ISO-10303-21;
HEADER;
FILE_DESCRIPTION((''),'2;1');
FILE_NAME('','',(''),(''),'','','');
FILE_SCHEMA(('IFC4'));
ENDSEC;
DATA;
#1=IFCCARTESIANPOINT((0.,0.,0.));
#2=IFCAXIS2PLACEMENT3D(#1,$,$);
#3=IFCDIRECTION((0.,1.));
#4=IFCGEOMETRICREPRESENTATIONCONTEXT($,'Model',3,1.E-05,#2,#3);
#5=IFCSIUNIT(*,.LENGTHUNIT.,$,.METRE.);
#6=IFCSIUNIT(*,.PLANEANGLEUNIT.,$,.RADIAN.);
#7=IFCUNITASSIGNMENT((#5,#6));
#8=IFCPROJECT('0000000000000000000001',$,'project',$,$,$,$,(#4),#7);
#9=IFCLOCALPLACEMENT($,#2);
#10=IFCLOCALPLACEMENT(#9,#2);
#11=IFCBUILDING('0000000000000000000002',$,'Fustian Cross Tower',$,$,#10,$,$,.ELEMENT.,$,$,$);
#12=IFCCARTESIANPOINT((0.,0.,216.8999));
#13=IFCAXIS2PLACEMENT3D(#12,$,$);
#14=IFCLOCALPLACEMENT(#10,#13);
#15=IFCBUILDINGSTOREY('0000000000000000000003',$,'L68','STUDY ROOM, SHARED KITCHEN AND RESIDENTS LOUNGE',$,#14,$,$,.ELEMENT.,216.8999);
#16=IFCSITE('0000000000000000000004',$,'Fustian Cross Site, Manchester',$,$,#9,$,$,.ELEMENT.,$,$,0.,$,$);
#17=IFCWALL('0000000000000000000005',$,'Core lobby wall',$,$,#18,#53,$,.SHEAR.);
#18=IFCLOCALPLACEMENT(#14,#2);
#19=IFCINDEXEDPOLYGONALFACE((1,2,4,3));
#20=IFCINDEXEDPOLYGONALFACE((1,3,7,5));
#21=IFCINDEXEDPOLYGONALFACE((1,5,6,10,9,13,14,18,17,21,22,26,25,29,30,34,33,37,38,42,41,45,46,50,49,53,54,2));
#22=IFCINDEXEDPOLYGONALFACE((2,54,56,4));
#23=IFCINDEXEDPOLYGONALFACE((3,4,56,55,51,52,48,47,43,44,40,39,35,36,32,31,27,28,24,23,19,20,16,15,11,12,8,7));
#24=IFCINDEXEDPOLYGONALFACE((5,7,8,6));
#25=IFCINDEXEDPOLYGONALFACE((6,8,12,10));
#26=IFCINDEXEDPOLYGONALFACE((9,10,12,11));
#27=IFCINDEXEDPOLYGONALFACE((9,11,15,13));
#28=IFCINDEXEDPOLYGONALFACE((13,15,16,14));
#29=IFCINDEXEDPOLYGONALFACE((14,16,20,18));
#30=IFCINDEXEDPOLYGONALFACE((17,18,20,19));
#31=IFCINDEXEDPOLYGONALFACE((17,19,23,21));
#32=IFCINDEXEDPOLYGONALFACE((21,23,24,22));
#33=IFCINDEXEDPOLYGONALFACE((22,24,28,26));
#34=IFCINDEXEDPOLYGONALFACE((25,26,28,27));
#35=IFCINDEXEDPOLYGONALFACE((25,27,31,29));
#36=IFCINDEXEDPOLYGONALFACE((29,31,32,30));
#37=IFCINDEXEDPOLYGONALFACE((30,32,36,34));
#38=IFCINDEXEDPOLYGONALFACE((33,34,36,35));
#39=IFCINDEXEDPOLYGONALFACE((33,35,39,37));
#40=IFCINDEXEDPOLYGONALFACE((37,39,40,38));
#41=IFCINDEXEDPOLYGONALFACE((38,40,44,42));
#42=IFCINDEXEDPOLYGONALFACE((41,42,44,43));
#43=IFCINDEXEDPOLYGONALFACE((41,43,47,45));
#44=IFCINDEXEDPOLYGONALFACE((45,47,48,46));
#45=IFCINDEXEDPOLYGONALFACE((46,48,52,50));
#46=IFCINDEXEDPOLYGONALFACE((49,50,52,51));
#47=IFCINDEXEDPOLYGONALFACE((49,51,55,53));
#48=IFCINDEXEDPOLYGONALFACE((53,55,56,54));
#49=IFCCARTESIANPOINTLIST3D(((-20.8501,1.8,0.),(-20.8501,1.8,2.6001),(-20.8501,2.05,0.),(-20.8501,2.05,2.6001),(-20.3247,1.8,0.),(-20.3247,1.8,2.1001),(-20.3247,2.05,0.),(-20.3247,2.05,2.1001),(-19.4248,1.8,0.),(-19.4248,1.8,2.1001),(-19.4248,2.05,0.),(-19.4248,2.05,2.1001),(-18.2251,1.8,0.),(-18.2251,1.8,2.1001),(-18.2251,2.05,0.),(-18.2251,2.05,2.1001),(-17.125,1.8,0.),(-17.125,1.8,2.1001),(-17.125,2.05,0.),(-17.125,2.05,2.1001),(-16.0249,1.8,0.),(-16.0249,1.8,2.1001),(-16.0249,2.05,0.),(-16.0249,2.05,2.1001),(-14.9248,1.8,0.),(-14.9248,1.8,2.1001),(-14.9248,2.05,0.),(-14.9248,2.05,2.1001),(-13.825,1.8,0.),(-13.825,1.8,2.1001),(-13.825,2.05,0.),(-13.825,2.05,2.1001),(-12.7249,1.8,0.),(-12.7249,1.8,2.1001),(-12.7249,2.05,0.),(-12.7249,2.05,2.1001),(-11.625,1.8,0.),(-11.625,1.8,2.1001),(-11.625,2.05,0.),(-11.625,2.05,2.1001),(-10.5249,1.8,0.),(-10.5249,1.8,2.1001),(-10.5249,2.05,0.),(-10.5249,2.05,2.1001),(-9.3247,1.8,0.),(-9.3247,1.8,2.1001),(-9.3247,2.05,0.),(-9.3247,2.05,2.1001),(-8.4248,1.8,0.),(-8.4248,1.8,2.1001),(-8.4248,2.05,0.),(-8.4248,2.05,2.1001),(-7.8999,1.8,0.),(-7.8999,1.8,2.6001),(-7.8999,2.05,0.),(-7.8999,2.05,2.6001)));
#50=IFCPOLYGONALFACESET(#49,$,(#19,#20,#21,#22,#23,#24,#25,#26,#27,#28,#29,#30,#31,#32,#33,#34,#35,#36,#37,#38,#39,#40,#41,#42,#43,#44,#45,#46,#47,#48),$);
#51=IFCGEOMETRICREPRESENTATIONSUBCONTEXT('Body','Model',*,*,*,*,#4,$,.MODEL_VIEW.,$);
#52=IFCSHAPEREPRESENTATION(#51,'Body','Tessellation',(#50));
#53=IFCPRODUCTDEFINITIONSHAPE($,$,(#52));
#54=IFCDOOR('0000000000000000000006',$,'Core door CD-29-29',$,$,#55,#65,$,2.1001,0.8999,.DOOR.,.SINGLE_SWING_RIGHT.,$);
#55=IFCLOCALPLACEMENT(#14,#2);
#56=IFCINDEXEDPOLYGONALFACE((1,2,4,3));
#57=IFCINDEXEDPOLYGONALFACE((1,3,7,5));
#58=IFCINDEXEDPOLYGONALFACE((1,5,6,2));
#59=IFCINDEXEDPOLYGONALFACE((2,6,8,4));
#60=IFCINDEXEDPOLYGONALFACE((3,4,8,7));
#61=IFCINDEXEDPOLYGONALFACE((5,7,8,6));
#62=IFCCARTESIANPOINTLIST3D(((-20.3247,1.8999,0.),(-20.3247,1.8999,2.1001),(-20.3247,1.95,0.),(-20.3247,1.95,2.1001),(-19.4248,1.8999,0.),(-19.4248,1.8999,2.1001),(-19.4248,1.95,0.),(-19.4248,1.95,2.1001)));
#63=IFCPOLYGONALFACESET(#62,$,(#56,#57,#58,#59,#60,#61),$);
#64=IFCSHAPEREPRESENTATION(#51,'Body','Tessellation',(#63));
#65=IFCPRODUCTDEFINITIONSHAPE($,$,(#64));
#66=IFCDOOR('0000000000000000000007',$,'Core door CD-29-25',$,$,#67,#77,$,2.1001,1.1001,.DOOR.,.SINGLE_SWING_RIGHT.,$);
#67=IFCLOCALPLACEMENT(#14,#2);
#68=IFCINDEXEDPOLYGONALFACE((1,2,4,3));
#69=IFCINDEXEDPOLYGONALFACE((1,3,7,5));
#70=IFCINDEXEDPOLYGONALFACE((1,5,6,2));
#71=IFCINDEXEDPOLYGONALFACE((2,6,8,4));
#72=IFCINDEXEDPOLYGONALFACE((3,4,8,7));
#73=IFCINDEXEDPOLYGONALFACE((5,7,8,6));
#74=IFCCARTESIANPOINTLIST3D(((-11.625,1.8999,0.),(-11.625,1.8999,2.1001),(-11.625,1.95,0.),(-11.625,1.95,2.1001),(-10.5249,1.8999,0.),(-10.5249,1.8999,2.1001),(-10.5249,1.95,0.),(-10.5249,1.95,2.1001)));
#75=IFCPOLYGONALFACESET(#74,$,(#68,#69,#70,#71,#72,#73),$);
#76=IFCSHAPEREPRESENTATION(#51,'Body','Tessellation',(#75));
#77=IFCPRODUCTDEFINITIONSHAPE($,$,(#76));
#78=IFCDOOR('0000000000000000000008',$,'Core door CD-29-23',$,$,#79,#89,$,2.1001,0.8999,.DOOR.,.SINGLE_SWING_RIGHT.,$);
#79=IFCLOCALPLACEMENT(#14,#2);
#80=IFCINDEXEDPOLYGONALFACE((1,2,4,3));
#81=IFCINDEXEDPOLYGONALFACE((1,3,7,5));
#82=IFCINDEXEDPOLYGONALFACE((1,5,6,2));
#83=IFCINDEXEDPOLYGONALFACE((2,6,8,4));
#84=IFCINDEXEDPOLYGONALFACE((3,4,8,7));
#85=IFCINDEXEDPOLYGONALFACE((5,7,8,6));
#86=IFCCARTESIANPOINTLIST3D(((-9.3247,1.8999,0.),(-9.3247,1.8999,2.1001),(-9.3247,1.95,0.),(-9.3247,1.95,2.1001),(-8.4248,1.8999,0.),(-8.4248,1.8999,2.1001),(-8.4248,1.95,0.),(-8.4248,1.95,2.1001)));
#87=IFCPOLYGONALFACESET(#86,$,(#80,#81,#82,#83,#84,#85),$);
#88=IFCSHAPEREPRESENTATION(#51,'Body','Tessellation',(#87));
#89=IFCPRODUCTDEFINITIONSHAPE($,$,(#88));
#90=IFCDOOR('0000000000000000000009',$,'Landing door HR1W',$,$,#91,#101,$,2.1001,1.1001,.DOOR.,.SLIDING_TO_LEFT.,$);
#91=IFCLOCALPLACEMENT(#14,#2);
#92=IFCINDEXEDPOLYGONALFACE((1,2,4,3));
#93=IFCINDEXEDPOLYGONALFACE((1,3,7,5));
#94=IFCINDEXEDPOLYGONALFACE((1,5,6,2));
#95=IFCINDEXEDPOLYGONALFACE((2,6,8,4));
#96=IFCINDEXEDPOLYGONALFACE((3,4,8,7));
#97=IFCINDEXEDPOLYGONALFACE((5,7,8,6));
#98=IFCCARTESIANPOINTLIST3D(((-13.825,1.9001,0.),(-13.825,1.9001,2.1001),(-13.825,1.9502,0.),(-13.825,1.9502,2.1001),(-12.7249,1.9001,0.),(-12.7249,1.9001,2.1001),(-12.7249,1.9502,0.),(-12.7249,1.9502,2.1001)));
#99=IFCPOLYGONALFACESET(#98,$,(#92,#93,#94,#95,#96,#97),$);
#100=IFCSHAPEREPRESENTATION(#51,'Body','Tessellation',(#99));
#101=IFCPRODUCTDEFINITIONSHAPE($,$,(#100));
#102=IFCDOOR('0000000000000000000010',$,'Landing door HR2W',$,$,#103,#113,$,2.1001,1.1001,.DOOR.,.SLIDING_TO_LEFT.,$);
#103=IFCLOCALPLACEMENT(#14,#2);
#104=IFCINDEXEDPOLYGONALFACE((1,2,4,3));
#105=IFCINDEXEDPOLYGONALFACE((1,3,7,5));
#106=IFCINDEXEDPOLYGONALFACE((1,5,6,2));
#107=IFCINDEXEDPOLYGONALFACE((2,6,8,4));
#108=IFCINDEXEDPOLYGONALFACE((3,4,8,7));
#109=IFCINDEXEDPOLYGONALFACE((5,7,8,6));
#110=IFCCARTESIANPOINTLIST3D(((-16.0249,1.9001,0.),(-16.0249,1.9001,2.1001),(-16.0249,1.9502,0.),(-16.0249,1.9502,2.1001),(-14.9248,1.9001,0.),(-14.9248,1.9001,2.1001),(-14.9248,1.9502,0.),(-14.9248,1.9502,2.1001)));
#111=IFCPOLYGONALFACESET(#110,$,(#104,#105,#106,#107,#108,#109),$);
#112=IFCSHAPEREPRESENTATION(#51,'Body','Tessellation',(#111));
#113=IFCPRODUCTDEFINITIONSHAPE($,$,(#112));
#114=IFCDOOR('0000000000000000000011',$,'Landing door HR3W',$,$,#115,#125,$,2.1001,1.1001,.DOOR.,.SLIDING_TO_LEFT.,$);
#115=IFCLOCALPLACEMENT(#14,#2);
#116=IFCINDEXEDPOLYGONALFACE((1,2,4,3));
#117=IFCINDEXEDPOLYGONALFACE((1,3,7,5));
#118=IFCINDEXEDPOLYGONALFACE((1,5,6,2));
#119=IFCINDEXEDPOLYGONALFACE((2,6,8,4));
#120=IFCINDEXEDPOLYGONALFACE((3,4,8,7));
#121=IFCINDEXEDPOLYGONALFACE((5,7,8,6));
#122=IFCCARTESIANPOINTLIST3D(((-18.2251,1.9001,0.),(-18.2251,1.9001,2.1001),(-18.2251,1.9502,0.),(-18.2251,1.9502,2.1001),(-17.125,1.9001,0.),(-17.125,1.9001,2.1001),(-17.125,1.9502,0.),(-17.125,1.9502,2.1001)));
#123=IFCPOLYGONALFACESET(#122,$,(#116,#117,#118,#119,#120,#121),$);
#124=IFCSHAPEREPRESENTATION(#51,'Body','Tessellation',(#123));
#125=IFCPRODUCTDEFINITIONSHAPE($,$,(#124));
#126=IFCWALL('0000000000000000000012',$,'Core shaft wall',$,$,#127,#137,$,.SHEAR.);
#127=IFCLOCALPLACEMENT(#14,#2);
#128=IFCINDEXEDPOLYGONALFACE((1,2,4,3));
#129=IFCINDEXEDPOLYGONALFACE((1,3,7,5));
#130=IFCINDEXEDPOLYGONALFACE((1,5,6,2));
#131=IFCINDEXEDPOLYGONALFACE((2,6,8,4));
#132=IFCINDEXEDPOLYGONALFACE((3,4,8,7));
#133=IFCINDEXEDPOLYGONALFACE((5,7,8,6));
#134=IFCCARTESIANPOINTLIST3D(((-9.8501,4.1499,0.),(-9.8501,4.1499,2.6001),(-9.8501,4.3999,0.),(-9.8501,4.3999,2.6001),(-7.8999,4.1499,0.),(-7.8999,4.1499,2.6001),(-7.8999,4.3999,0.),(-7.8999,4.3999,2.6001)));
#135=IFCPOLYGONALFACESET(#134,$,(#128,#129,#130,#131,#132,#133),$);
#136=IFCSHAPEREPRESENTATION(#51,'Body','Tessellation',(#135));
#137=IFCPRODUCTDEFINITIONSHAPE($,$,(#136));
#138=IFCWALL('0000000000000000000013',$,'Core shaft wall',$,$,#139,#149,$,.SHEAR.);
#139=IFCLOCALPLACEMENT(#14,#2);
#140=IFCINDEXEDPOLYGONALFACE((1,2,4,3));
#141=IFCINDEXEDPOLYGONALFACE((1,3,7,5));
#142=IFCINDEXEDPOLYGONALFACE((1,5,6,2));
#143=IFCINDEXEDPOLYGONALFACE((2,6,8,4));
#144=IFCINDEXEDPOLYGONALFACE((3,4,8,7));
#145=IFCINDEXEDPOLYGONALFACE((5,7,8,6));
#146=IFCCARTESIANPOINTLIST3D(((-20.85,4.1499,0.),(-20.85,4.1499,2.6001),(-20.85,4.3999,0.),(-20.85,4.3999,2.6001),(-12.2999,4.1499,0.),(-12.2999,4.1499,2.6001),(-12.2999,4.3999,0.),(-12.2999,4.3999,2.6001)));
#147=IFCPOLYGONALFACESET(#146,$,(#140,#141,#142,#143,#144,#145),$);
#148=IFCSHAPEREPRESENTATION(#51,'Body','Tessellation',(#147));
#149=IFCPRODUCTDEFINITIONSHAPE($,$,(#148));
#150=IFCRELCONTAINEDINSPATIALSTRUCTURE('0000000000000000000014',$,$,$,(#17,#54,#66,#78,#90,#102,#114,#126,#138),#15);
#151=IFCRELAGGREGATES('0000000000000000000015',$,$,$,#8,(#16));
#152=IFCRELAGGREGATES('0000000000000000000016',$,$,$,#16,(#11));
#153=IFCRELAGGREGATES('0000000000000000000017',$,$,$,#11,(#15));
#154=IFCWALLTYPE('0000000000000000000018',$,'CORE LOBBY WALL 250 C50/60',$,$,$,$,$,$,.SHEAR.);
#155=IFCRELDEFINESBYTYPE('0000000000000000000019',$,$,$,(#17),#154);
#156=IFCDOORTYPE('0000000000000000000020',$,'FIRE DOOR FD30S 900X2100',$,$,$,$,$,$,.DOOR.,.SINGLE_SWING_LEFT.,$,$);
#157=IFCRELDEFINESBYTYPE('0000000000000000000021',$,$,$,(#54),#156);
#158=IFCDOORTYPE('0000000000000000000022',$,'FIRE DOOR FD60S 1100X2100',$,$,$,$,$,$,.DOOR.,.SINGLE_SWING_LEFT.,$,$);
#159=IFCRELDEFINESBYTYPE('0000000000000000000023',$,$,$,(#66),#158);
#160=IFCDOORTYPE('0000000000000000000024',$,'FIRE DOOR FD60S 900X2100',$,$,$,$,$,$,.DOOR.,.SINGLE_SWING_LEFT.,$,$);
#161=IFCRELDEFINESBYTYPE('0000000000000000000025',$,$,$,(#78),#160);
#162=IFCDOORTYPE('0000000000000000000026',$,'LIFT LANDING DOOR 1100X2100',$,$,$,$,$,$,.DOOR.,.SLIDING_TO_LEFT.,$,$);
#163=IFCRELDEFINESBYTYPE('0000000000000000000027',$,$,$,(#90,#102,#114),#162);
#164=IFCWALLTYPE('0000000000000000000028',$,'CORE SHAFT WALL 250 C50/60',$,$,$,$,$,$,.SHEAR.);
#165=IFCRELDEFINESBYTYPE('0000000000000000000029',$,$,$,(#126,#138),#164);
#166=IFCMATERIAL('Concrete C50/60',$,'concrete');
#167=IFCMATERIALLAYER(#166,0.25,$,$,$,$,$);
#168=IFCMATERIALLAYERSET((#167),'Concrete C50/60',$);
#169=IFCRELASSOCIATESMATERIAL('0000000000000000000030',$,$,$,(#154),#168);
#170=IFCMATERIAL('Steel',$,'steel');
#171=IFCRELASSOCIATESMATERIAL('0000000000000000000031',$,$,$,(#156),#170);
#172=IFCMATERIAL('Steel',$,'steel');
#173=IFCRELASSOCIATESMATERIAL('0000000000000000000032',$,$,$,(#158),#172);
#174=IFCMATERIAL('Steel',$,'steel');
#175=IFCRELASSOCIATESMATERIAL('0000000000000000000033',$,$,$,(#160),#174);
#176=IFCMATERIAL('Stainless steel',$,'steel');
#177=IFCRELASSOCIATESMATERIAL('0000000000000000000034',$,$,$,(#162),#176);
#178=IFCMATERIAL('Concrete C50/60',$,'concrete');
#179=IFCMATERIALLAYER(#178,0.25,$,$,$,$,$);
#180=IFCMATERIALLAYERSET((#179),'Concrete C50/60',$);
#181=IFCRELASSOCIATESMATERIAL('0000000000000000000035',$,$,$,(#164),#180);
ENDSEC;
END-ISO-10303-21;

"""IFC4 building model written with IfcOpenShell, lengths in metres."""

from ifc_helpers import new_model, si_unit, direction, frame, frame_2d, origin, place, context, subcontext, project, spatial, rectangle, extrude, material, layer, layer_set, type_object, element, fill, save


model = new_model("IFC4")

# Units and contexts
model_context = context("Model", 3, precision=1e-05, world=origin(), true_north=direction((0.0, 1.0)))
body_context = subcontext(model_context, "Body", "Model", "MODEL_VIEW")
ifc_project = project(units=[si_unit("LENGTHUNIT", "METRE"), si_unit("PLANEANGLEUNIT", "RADIAN")], contexts=[model_context])

# Site, building, storey
site_placement = place(None, origin())
site = spatial("IfcSite", under=ifc_project, at=site_placement, Name="Fustian Cross Site, Manchester", CompositionType="ELEMENT", RefElevation=0.0)
building_placement = place(site_placement, origin())
building = spatial("IfcBuilding", under=site, at=building_placement, Name="Fustian Cross Tower", CompositionType="ELEMENT")
storey_placement = place(building_placement, frame((0.0, 0.0, 216.8999)))
storey = spatial("IfcBuildingStorey", under=building, at=storey_placement, Name="L68", Description="STUDY ROOM, SHARED KITCHEN AND RESIDENTS LOUNGE", CompositionType="ELEMENT", Elevation=216.8999)

# Wall, openings, doors
ifc_material_1 = material(Name="Concrete C50/60", Category="concrete")
ifc_layer_1 = layer(ifc_material_1, 0.25)
ifc_layer_set_1 = layer_set([ifc_layer_1], Name="Concrete C50/60")
wall_type_1 = type_object("IfcWallType", Name="CORE LOBBY WALL 250 C50/60", PredefinedType="SHEAR", material=ifc_layer_set_1)
wall_1_placement = place(storey_placement, frame((-7.8999, 1.925, 0.0), z_axis=(0.0, 0.0, 1.0), x_axis=(-1.0, 0.0, 0.0)))
wall_1 = element("IfcWall", 1, at=wall_1_placement, inside=storey, type_object=wall_type_1, Name="Core lobby wall", PredefinedType="SHEAR", context=body_context, shape_type="SweptSolid", body=[
    extrude(rectangle(XDim=12.9502, YDim=0.25, at=frame_2d((6.4751, 0.0))), origin(), (0.0, 0.0, 1.0), 2.6001),
])
opening_1_placement = place(wall_1_placement, frame((4.825, 0.0, 0.0)))
opening_1 = element("IfcOpeningElement", 2, at=opening_1_placement, cuts=wall_1, PredefinedType="OPENING", context=body_context, shape_type="SweptSolid", body=[
    extrude(rectangle(XDim=1.1001, YDim=2.1001, at=frame_2d((0.55, 1.05))), frame((0.0, 0.135, 0.0), z_axis=(0.0, -1.0, 0.0), x_axis=(1.0, 0.0, 0.0)), (0.0, 0.0, 1.0), 0.27),
])
opening_2_placement = place(wall_1_placement, frame((7.0249, 0.0, 0.0)))
opening_2 = element("IfcOpeningElement", 3, at=opening_2_placement, cuts=wall_1, PredefinedType="OPENING", context=body_context, shape_type="SweptSolid", body=[
    extrude(rectangle(XDim=1.1001, YDim=2.1001, at=frame_2d((0.55, 1.05))), frame((0.0, 0.135, 0.0), z_axis=(0.0, -1.0, 0.0), x_axis=(1.0, 0.0, 0.0)), (0.0, 0.0, 1.0), 0.27),
])
opening_3_placement = place(wall_1_placement, frame((9.2251, 0.0, 0.0)))
opening_3 = element("IfcOpeningElement", 4, at=opening_3_placement, cuts=wall_1, PredefinedType="OPENING", context=body_context, shape_type="SweptSolid", body=[
    extrude(rectangle(XDim=1.1001, YDim=2.1001, at=frame_2d((0.55, 1.05))), frame((0.0, 0.135, 0.0), z_axis=(0.0, -1.0, 0.0), x_axis=(1.0, 0.0, 0.0)), (0.0, 0.0, 1.0), 0.27),
])
opening_4_placement = place(wall_1_placement, frame((0.5249, 0.0, 0.0)))
opening_4 = element("IfcOpeningElement", 5, at=opening_4_placement, cuts=wall_1, PredefinedType="OPENING", context=body_context, shape_type="SweptSolid", body=[
    extrude(rectangle(XDim=0.8999, YDim=2.1001, at=frame_2d((0.45, 1.05))), frame((0.0, 0.135, 0.0), z_axis=(0.0, -1.0, 0.0), x_axis=(1.0, 0.0, 0.0)), (0.0, 0.0, 1.0), 0.27),
])
opening_5_placement = place(wall_1_placement, frame((2.625, 0.0, 0.0)))
opening_5 = element("IfcOpeningElement", 6, at=opening_5_placement, cuts=wall_1, PredefinedType="OPENING", context=body_context, shape_type="SweptSolid", body=[
    extrude(rectangle(XDim=1.1001, YDim=2.1001, at=frame_2d((0.55, 1.05))), frame((0.0, 0.135, 0.0), z_axis=(0.0, -1.0, 0.0), x_axis=(1.0, 0.0, 0.0)), (0.0, 0.0, 1.0), 0.27),
])
opening_6_placement = place(wall_1_placement, frame((11.5249, 0.0, 0.0)))
opening_6 = element("IfcOpeningElement", 7, at=opening_6_placement, cuts=wall_1, PredefinedType="OPENING", context=body_context, shape_type="SweptSolid", body=[
    extrude(rectangle(XDim=0.8999, YDim=2.1001, at=frame_2d((0.45, 1.05))), frame((0.0, 0.135, 0.0), z_axis=(0.0, -1.0, 0.0), x_axis=(1.0, 0.0, 0.0)), (0.0, 0.0, 1.0), 0.27),
])
ifc_material_2 = material(Name="Steel", Category="steel")
door_type_1 = type_object("IfcDoorType", Name="FIRE DOOR FD30S 900X2100", OperationType="SINGLE_SWING_LEFT", PredefinedType="DOOR", material=ifc_material_2)
door_1_placement = place(opening_6_placement, frame((0.8999, 0.0, 0.0), z_axis=(0.0, 0.0, 1.0), x_axis=(-1.0, 0.0, 0.0)))
door_1 = element("IfcDoor", 8, at=door_1_placement, inside=storey, type_object=door_type_1, Name="Core door CD-29-29", OperationType="SINGLE_SWING_RIGHT", OverallHeight=2.1001, OverallWidth=0.8999, PredefinedType="DOOR", context=body_context, shape_type="SweptSolid", body=[
    extrude(rectangle(XDim=0.8999, YDim=2.1001, at=frame_2d((0.45, 1.05))), frame((0.0, 0.0249, 0.0), z_axis=(0.0, -1.0, 0.0), x_axis=(1.0, 0.0, 0.0)), (0.0, 0.0, 1.0), 0.05),
])
fill(opening_6, door_1)
ifc_material_3 = material(Name="Steel", Category="steel")
door_type_2 = type_object("IfcDoorType", Name="FIRE DOOR FD60S 1100X2100", OperationType="SINGLE_SWING_LEFT", PredefinedType="DOOR", material=ifc_material_3)
door_2_placement = place(opening_5_placement, frame((1.1001, 0.0, 0.0), z_axis=(0.0, 0.0, 1.0), x_axis=(-1.0, 0.0, 0.0)))
door_2 = element("IfcDoor", 9, at=door_2_placement, inside=storey, type_object=door_type_2, Name="Core door CD-29-25", OperationType="SINGLE_SWING_RIGHT", OverallHeight=2.1001, OverallWidth=1.1001, PredefinedType="DOOR", context=body_context, shape_type="SweptSolid", body=[
    extrude(rectangle(XDim=1.1001, YDim=2.1001, at=frame_2d((0.55, 1.05))), frame((0.0, 0.0249, 0.0), z_axis=(0.0, -1.0, 0.0), x_axis=(1.0, 0.0, 0.0)), (0.0, 0.0, 1.0), 0.05),
])
fill(opening_5, door_2)
ifc_material_4 = material(Name="Steel", Category="steel")
door_type_3 = type_object("IfcDoorType", Name="FIRE DOOR FD60S 900X2100", OperationType="SINGLE_SWING_LEFT", PredefinedType="DOOR", material=ifc_material_4)
door_3_placement = place(opening_4_placement, frame((0.8999, 0.0, 0.0), z_axis=(0.0, 0.0, 1.0), x_axis=(-1.0, 0.0, 0.0)))
door_3 = element("IfcDoor", 10, at=door_3_placement, inside=storey, type_object=door_type_3, Name="Core door CD-29-23", OperationType="SINGLE_SWING_RIGHT", OverallHeight=2.1001, OverallWidth=0.8999, PredefinedType="DOOR", context=body_context, shape_type="SweptSolid", body=[
    extrude(rectangle(XDim=0.8999, YDim=2.1001, at=frame_2d((0.45, 1.05))), frame((0.0, 0.0249, 0.0), z_axis=(0.0, -1.0, 0.0), x_axis=(1.0, 0.0, 0.0)), (0.0, 0.0, 1.0), 0.05),
])
fill(opening_4, door_3)
ifc_material_5 = material(Name="Stainless steel", Category="steel")
door_type_4 = type_object("IfcDoorType", Name="LIFT LANDING DOOR 1100X2100", OperationType="SLIDING_TO_LEFT", PredefinedType="DOOR", material=ifc_material_5)
door_4_placement = place(opening_1_placement, origin())
door_4 = element("IfcDoor", 11, at=door_4_placement, inside=storey, type_object=door_type_4, Name="Landing door HR1W", OperationType="SLIDING_TO_LEFT", OverallHeight=2.1001, OverallWidth=1.1001, PredefinedType="DOOR", context=body_context, shape_type="SweptSolid", body=[
    extrude(rectangle(XDim=1.1001, YDim=2.1001, at=frame_2d((0.55, 1.05))), frame((0.0, 0.0249, 0.0), z_axis=(0.0, -1.0, 0.0), x_axis=(1.0, 0.0, 0.0)), (0.0, 0.0, 1.0), 0.05),
])
fill(opening_1, door_4)
door_5_placement = place(opening_2_placement, origin())
door_5 = element("IfcDoor", 12, at=door_5_placement, inside=storey, type_object=door_type_4, Name="Landing door HR2W", OperationType="SLIDING_TO_LEFT", OverallHeight=2.1001, OverallWidth=1.1001, PredefinedType="DOOR", context=body_context, shape_type="SweptSolid", body=[
    extrude(rectangle(XDim=1.1001, YDim=2.1001, at=frame_2d((0.55, 1.05))), frame((0.0, 0.0249, 0.0), z_axis=(0.0, -1.0, 0.0), x_axis=(1.0, 0.0, 0.0)), (0.0, 0.0, 1.0), 0.05),
])
fill(opening_2, door_5)
door_6_placement = place(opening_3_placement, origin())
door_6 = element("IfcDoor", 13, at=door_6_placement, inside=storey, type_object=door_type_4, Name="Landing door HR3W", OperationType="SLIDING_TO_LEFT", OverallHeight=2.1001, OverallWidth=1.1001, PredefinedType="DOOR", context=body_context, shape_type="SweptSolid", body=[
    extrude(rectangle(XDim=1.1001, YDim=2.1001, at=frame_2d((0.55, 1.05))), frame((0.0, 0.0249, 0.0), z_axis=(0.0, -1.0, 0.0), x_axis=(1.0, 0.0, 0.0)), (0.0, 0.0, 1.0), 0.05),
])
fill(opening_3, door_6)

# Walls
ifc_material_6 = material(Name="Concrete C50/60", Category="concrete")
ifc_layer_2 = layer(ifc_material_6, 0.25)
ifc_layer_set_2 = layer_set([ifc_layer_2], Name="Concrete C50/60")
wall_type_2 = type_object("IfcWallType", Name="CORE SHAFT WALL 250 C50/60", PredefinedType="SHEAR", material=ifc_layer_set_2)
wall_2_placement = place(storey_placement, frame((-7.8999, 4.2749, 0.0), z_axis=(0.0, 0.0, 1.0), x_axis=(-1.0, 0.0, 0.0)))
element("IfcWall", 14, at=wall_2_placement, inside=storey, type_object=wall_type_2, Name="Core shaft wall", PredefinedType="SHEAR", context=body_context, shape_type="SweptSolid", body=[
    extrude(rectangle(XDim=1.9502, YDim=0.25, at=frame_2d((0.9751, 0.0))), origin(), (0.0, 0.0, 1.0), 2.6001),
])
wall_3_placement = place(storey_placement, frame((-12.3, 4.2749, 0.0), z_axis=(0.0, 0.0, 1.0), x_axis=(-1.0, 0.0, 0.0)))
element("IfcWall", 15, at=wall_3_placement, inside=storey, type_object=wall_type_2, Name="Core shaft wall", PredefinedType="SHEAR", context=body_context, shape_type="SweptSolid", body=[
    extrude(rectangle(XDim=8.55, YDim=0.25, at=frame_2d((4.2749, 0.0))), origin(), (0.0, 0.0, 1.0), 2.6001),
])

save(model, "model.ifc")
